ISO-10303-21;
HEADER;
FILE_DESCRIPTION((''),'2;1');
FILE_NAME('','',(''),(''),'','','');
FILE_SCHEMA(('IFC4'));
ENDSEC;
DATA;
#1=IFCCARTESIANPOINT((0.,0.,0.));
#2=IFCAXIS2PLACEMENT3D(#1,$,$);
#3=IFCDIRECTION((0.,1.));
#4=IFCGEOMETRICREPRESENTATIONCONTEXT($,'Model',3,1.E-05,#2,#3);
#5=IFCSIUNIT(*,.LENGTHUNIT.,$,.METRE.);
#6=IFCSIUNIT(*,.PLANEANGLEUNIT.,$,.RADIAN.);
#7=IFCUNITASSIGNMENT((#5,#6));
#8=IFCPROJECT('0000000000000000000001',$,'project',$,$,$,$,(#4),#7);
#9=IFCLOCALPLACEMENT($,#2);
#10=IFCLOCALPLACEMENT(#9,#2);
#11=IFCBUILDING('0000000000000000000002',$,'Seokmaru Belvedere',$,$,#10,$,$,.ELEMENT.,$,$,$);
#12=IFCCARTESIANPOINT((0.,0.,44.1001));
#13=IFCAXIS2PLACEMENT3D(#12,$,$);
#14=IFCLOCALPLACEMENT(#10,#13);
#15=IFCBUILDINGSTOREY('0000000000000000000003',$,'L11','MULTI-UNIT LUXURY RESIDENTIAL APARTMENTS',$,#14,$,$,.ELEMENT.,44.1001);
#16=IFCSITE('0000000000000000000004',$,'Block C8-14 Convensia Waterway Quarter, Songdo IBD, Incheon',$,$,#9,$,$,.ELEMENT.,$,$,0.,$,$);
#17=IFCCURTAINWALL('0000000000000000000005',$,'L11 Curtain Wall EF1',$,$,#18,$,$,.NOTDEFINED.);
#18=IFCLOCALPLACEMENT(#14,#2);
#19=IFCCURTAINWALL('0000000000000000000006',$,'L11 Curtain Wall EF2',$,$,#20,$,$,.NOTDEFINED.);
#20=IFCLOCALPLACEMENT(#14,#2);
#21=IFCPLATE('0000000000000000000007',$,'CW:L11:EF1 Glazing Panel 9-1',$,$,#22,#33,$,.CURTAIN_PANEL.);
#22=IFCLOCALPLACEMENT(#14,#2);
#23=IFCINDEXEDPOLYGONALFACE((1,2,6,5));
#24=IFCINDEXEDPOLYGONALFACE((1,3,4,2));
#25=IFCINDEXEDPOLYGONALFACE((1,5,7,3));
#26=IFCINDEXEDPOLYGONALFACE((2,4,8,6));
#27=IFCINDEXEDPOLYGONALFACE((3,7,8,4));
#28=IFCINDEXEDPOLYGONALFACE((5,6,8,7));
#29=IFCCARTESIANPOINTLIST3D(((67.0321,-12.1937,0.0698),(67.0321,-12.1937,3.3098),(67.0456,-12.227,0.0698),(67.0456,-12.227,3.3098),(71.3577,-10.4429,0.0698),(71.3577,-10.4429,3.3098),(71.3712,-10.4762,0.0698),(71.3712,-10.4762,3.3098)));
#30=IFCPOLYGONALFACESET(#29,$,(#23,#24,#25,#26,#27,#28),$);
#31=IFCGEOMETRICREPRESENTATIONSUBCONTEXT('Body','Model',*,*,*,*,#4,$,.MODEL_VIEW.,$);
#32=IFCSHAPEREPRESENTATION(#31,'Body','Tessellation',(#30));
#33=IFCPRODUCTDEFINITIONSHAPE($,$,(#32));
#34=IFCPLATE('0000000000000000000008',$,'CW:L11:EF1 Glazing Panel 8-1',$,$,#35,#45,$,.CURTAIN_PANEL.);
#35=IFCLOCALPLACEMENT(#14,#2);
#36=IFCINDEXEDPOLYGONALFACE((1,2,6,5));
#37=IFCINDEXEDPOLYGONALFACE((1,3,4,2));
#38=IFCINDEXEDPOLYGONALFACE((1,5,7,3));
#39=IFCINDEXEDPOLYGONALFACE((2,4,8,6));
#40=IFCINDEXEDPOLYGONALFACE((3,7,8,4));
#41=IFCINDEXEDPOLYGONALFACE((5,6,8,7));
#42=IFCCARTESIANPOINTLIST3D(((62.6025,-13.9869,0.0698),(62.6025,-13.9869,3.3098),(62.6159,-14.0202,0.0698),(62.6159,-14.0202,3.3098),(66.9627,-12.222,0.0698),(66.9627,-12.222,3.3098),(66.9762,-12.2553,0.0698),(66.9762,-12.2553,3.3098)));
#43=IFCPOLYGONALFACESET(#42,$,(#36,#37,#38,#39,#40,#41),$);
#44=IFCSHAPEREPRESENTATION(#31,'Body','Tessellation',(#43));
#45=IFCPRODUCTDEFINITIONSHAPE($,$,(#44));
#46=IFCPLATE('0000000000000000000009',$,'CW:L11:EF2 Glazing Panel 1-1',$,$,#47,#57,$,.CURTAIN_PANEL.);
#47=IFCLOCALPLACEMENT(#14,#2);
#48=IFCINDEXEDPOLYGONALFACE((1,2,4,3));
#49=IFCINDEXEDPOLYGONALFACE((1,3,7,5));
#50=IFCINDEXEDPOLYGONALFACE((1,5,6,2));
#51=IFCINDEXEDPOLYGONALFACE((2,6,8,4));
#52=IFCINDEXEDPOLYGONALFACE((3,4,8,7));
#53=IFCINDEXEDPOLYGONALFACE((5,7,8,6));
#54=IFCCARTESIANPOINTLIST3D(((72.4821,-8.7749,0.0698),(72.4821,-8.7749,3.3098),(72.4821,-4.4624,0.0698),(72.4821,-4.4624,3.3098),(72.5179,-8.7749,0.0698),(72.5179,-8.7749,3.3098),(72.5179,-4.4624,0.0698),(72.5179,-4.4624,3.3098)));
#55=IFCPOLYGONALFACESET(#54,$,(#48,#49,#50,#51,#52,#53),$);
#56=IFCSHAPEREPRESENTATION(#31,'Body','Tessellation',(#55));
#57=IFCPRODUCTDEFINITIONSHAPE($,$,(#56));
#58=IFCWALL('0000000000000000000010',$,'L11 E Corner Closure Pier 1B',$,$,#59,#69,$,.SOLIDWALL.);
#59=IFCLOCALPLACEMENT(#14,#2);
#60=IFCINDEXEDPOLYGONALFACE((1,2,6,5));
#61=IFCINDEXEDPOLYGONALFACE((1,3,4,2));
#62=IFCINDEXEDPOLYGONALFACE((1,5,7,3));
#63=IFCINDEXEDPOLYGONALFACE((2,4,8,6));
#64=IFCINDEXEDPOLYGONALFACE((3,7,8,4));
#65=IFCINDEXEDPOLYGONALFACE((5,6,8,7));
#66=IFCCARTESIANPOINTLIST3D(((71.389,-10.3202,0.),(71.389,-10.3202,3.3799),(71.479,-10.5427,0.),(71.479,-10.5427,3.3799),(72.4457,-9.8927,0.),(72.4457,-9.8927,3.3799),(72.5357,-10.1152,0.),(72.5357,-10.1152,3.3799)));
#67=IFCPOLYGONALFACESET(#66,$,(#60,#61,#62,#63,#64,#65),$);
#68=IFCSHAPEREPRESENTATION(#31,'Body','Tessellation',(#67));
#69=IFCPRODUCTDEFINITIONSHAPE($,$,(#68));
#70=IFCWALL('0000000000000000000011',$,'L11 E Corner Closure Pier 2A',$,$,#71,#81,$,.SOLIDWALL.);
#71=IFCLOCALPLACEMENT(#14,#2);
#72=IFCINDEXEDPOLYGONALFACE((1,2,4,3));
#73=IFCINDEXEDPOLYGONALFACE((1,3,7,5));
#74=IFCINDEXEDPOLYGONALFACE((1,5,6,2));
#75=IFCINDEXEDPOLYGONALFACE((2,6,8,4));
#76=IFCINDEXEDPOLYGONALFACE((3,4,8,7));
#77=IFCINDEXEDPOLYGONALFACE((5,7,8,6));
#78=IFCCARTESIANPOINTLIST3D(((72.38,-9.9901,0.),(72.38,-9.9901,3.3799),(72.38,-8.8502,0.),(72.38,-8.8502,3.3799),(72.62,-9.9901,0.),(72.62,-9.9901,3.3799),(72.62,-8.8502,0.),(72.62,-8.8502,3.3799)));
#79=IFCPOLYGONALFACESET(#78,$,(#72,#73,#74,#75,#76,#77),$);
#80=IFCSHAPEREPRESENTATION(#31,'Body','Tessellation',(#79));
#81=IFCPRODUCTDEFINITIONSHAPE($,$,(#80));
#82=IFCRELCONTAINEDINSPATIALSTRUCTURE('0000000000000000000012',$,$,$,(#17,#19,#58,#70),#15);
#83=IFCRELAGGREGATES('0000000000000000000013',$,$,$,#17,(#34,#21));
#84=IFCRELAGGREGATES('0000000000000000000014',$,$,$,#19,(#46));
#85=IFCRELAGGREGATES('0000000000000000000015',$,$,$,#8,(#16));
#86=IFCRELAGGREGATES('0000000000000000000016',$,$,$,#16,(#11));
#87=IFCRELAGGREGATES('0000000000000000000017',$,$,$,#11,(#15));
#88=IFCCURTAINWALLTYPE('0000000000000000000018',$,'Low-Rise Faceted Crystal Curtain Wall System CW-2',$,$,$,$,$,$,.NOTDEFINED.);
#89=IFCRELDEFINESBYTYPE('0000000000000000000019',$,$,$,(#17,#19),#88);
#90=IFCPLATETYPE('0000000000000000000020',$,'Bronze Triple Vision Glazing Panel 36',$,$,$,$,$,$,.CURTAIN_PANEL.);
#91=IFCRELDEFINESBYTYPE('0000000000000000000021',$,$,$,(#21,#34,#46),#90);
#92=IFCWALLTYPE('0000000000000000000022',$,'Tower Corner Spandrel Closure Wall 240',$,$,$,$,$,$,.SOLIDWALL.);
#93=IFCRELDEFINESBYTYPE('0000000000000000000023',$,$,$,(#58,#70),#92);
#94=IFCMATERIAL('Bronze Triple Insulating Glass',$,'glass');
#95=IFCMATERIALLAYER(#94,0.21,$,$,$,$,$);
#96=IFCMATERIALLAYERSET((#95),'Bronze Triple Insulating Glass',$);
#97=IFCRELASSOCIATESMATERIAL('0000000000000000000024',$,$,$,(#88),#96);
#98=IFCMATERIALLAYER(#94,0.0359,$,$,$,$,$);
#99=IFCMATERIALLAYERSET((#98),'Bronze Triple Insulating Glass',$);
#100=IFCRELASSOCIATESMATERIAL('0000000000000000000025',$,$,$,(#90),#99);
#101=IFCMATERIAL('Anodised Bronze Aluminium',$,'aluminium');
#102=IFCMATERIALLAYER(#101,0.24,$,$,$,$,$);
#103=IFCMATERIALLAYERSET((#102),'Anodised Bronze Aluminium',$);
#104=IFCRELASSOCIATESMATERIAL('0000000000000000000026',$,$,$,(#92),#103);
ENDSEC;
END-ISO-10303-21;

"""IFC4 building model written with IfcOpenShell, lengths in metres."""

from ifc_helpers import new_model, si_unit, direction, frame, frame_2d, origin, origin_2d, place, context, subcontext, project, spatial, rectangle, extrude, source, transform, mapped, material, layer, layer_set, type_object, type_shapes, element, aggregate, save


model = new_model("IFC4")

# Units and contexts
model_context = context("Model", 3, precision=1e-05, world=origin(), true_north=direction((0.0, 1.0)))
body_context = subcontext(model_context, "Body", "Model", "MODEL_VIEW")
ifc_project = project(units=[si_unit("LENGTHUNIT", "METRE"), si_unit("PLANEANGLEUNIT", "RADIAN")], contexts=[model_context])

# Site, building, storey
site_placement = place(None, origin())
site = spatial("IfcSite", under=ifc_project, at=site_placement, Name="Block C8-14 Convensia Waterway Quarter, Songdo IBD, Incheon", CompositionType="ELEMENT", RefElevation=0.0)
building_placement = place(site_placement, origin())
building = spatial("IfcBuilding", under=site, at=building_placement, Name="Seokmaru Belvedere", CompositionType="ELEMENT")
storey_placement = place(building_placement, frame((0.0, 0.0, 44.1001)))
storey = spatial("IfcBuildingStorey", under=building, at=storey_placement, Name="L11", Description="MULTI-UNIT LUXURY RESIDENTIAL APARTMENTS", CompositionType="ELEMENT", Elevation=44.1001)

# Curtain walls
ifc_material_1 = material(Name="Bronze Triple Insulating Glass", Category="glass")
ifc_layer_1 = layer(ifc_material_1, 0.21)
ifc_layer_set_1 = layer_set([ifc_layer_1], Name="Bronze Triple Insulating Glass")
curtain_wall_type = type_object("IfcCurtainWallType", Name="Low-Rise Faceted Crystal Curtain Wall System CW-2", PredefinedType="NOTDEFINED", material=ifc_layer_set_1)
curtain_wall_1_placement = place(storey_placement, origin())
curtain_wall_1 = element("IfcCurtainWall", 1, at=curtain_wall_1_placement, inside=storey, type_object=curtain_wall_type, Name="L11 Curtain Wall EF1", PredefinedType="NOTDEFINED")
ifc_material_2 = material(Name="Anodised Bronze Aluminium", Category="aluminium")
curtain_wall_2_placement = place(storey_placement, origin())
curtain_wall_2 = element("IfcCurtainWall", 2, at=curtain_wall_2_placement, inside=storey, type_object=curtain_wall_type, Name="L11 Curtain Wall EF2", PredefinedType="NOTDEFINED")

# Plates
ifc_layer_2 = layer(ifc_material_1, 0.0359)
ifc_layer_set_2 = layer_set([ifc_layer_2], Name="Bronze Triple Insulating Glass")
plate_type = type_object("IfcPlateType", Name="Bronze Triple Vision Glazing Panel 36", PredefinedType="CURTAIN_PANEL", material=ifc_layer_set_2)
shared_shape_1 = source(origin(), body_context, "Body", "SweptSolid", [
    extrude(rectangle(XDim=4.6665, YDim=0.0359, at=origin_2d()), origin(), (0.0, 0.0, 1.0), 3.24),
])
plate_1_placement = place(storey_placement, frame((69.2017, -11.335, 0.0698), z_axis=(0.0, 0.0, 1.0), x_axis=(0.926947, 0.375192, 0.0)))
plate_1 = element("IfcPlate", 3, at=plate_1_placement, type_object=plate_type, Name="CW:L11:EF1 Glazing Panel 9-1", PredefinedType="CURTAIN_PANEL", context=body_context, shape_type="MappedRepresentation", body=[
    mapped(shared_shape_1, transform((0.0, 0.0, 0.0), scale=1.0)),
])
shared_shape_2 = source(origin(), body_context, "Body", "SweptSolid", [
    extrude(rectangle(XDim=4.7039, YDim=0.0359, at=origin_2d()), origin(), (0.0, 0.0, 1.0), 3.24),
])
plate_2_placement = place(storey_placement, frame((64.7893, -13.1211, 0.0698), z_axis=(0.0, 0.0, 1.0), x_axis=(0.926947, 0.375192, 0.0)))
plate_2 = element("IfcPlate", 4, at=plate_2_placement, type_object=plate_type, Name="CW:L11:EF1 Glazing Panel 8-1", PredefinedType="CURTAIN_PANEL", context=body_context, shape_type="MappedRepresentation", body=[
    mapped(shared_shape_2, transform((0.0, 0.0, 0.0), scale=1.0)),
])
aggregate(curtain_wall_1, [plate_2, plate_1])
shared_shape_3 = source(origin(), body_context, "Body", "SweptSolid", [
    extrude(rectangle(XDim=4.3125, YDim=0.0359, at=origin_2d()), origin(), (0.0, 0.0, 1.0), 3.24),
])
type_shapes(plate_type, [shared_shape_1, shared_shape_2, shared_shape_3])
plate_3_placement = place(storey_placement, frame((72.5, -6.6187, 0.0698), z_axis=(0.0, 0.0, 1.0), x_axis=(0.0, 1.0, 0.0)))
plate_3 = element("IfcPlate", 5, at=plate_3_placement, type_object=plate_type, Name="CW:L11:EF2 Glazing Panel 1-1", PredefinedType="CURTAIN_PANEL", context=body_context, shape_type="MappedRepresentation", body=[
    mapped(shared_shape_3, transform((0.0, 0.0, 0.0), scale=1.0)),
])
aggregate(curtain_wall_2, [plate_3])

# Walls
ifc_layer_3 = layer(ifc_material_2, 0.24)
ifc_layer_set_3 = layer_set([ifc_layer_3], Name="Anodised Bronze Aluminium")
wall_type = type_object("IfcWallType", Name="Tower Corner Spandrel Closure Wall 240", PredefinedType="SOLIDWALL", material=ifc_layer_set_3)
for number, where, z_axis, x_axis, name in (
    (6, (71.4341, -10.4314, 0.0), (0.0, 0.0, 1.0), (0.927007, 0.375044, 0.0), "L11 E Corner Closure Pier 1B"),
    (7, (72.5, -9.99, 0.0), (0.0, 0.0, 1.0), (0.0, 1.0, 0.0), "L11 E Corner Closure Pier 2A"),
):
    element("IfcWall", number, at=place(storey_placement, frame(where, z_axis=z_axis, x_axis=x_axis)), inside=storey, type_object=wall_type, Name=name, PredefinedType="SOLIDWALL", context=body_context, shape_type="SweptSolid", body=[
        extrude(rectangle(XDim=1.1399, YDim=0.24, at=frame_2d((0.5698, 0.0))), origin(), (0.0, 0.0, 1.0), 3.3799),
    ])

save(model, "model.ifc")
